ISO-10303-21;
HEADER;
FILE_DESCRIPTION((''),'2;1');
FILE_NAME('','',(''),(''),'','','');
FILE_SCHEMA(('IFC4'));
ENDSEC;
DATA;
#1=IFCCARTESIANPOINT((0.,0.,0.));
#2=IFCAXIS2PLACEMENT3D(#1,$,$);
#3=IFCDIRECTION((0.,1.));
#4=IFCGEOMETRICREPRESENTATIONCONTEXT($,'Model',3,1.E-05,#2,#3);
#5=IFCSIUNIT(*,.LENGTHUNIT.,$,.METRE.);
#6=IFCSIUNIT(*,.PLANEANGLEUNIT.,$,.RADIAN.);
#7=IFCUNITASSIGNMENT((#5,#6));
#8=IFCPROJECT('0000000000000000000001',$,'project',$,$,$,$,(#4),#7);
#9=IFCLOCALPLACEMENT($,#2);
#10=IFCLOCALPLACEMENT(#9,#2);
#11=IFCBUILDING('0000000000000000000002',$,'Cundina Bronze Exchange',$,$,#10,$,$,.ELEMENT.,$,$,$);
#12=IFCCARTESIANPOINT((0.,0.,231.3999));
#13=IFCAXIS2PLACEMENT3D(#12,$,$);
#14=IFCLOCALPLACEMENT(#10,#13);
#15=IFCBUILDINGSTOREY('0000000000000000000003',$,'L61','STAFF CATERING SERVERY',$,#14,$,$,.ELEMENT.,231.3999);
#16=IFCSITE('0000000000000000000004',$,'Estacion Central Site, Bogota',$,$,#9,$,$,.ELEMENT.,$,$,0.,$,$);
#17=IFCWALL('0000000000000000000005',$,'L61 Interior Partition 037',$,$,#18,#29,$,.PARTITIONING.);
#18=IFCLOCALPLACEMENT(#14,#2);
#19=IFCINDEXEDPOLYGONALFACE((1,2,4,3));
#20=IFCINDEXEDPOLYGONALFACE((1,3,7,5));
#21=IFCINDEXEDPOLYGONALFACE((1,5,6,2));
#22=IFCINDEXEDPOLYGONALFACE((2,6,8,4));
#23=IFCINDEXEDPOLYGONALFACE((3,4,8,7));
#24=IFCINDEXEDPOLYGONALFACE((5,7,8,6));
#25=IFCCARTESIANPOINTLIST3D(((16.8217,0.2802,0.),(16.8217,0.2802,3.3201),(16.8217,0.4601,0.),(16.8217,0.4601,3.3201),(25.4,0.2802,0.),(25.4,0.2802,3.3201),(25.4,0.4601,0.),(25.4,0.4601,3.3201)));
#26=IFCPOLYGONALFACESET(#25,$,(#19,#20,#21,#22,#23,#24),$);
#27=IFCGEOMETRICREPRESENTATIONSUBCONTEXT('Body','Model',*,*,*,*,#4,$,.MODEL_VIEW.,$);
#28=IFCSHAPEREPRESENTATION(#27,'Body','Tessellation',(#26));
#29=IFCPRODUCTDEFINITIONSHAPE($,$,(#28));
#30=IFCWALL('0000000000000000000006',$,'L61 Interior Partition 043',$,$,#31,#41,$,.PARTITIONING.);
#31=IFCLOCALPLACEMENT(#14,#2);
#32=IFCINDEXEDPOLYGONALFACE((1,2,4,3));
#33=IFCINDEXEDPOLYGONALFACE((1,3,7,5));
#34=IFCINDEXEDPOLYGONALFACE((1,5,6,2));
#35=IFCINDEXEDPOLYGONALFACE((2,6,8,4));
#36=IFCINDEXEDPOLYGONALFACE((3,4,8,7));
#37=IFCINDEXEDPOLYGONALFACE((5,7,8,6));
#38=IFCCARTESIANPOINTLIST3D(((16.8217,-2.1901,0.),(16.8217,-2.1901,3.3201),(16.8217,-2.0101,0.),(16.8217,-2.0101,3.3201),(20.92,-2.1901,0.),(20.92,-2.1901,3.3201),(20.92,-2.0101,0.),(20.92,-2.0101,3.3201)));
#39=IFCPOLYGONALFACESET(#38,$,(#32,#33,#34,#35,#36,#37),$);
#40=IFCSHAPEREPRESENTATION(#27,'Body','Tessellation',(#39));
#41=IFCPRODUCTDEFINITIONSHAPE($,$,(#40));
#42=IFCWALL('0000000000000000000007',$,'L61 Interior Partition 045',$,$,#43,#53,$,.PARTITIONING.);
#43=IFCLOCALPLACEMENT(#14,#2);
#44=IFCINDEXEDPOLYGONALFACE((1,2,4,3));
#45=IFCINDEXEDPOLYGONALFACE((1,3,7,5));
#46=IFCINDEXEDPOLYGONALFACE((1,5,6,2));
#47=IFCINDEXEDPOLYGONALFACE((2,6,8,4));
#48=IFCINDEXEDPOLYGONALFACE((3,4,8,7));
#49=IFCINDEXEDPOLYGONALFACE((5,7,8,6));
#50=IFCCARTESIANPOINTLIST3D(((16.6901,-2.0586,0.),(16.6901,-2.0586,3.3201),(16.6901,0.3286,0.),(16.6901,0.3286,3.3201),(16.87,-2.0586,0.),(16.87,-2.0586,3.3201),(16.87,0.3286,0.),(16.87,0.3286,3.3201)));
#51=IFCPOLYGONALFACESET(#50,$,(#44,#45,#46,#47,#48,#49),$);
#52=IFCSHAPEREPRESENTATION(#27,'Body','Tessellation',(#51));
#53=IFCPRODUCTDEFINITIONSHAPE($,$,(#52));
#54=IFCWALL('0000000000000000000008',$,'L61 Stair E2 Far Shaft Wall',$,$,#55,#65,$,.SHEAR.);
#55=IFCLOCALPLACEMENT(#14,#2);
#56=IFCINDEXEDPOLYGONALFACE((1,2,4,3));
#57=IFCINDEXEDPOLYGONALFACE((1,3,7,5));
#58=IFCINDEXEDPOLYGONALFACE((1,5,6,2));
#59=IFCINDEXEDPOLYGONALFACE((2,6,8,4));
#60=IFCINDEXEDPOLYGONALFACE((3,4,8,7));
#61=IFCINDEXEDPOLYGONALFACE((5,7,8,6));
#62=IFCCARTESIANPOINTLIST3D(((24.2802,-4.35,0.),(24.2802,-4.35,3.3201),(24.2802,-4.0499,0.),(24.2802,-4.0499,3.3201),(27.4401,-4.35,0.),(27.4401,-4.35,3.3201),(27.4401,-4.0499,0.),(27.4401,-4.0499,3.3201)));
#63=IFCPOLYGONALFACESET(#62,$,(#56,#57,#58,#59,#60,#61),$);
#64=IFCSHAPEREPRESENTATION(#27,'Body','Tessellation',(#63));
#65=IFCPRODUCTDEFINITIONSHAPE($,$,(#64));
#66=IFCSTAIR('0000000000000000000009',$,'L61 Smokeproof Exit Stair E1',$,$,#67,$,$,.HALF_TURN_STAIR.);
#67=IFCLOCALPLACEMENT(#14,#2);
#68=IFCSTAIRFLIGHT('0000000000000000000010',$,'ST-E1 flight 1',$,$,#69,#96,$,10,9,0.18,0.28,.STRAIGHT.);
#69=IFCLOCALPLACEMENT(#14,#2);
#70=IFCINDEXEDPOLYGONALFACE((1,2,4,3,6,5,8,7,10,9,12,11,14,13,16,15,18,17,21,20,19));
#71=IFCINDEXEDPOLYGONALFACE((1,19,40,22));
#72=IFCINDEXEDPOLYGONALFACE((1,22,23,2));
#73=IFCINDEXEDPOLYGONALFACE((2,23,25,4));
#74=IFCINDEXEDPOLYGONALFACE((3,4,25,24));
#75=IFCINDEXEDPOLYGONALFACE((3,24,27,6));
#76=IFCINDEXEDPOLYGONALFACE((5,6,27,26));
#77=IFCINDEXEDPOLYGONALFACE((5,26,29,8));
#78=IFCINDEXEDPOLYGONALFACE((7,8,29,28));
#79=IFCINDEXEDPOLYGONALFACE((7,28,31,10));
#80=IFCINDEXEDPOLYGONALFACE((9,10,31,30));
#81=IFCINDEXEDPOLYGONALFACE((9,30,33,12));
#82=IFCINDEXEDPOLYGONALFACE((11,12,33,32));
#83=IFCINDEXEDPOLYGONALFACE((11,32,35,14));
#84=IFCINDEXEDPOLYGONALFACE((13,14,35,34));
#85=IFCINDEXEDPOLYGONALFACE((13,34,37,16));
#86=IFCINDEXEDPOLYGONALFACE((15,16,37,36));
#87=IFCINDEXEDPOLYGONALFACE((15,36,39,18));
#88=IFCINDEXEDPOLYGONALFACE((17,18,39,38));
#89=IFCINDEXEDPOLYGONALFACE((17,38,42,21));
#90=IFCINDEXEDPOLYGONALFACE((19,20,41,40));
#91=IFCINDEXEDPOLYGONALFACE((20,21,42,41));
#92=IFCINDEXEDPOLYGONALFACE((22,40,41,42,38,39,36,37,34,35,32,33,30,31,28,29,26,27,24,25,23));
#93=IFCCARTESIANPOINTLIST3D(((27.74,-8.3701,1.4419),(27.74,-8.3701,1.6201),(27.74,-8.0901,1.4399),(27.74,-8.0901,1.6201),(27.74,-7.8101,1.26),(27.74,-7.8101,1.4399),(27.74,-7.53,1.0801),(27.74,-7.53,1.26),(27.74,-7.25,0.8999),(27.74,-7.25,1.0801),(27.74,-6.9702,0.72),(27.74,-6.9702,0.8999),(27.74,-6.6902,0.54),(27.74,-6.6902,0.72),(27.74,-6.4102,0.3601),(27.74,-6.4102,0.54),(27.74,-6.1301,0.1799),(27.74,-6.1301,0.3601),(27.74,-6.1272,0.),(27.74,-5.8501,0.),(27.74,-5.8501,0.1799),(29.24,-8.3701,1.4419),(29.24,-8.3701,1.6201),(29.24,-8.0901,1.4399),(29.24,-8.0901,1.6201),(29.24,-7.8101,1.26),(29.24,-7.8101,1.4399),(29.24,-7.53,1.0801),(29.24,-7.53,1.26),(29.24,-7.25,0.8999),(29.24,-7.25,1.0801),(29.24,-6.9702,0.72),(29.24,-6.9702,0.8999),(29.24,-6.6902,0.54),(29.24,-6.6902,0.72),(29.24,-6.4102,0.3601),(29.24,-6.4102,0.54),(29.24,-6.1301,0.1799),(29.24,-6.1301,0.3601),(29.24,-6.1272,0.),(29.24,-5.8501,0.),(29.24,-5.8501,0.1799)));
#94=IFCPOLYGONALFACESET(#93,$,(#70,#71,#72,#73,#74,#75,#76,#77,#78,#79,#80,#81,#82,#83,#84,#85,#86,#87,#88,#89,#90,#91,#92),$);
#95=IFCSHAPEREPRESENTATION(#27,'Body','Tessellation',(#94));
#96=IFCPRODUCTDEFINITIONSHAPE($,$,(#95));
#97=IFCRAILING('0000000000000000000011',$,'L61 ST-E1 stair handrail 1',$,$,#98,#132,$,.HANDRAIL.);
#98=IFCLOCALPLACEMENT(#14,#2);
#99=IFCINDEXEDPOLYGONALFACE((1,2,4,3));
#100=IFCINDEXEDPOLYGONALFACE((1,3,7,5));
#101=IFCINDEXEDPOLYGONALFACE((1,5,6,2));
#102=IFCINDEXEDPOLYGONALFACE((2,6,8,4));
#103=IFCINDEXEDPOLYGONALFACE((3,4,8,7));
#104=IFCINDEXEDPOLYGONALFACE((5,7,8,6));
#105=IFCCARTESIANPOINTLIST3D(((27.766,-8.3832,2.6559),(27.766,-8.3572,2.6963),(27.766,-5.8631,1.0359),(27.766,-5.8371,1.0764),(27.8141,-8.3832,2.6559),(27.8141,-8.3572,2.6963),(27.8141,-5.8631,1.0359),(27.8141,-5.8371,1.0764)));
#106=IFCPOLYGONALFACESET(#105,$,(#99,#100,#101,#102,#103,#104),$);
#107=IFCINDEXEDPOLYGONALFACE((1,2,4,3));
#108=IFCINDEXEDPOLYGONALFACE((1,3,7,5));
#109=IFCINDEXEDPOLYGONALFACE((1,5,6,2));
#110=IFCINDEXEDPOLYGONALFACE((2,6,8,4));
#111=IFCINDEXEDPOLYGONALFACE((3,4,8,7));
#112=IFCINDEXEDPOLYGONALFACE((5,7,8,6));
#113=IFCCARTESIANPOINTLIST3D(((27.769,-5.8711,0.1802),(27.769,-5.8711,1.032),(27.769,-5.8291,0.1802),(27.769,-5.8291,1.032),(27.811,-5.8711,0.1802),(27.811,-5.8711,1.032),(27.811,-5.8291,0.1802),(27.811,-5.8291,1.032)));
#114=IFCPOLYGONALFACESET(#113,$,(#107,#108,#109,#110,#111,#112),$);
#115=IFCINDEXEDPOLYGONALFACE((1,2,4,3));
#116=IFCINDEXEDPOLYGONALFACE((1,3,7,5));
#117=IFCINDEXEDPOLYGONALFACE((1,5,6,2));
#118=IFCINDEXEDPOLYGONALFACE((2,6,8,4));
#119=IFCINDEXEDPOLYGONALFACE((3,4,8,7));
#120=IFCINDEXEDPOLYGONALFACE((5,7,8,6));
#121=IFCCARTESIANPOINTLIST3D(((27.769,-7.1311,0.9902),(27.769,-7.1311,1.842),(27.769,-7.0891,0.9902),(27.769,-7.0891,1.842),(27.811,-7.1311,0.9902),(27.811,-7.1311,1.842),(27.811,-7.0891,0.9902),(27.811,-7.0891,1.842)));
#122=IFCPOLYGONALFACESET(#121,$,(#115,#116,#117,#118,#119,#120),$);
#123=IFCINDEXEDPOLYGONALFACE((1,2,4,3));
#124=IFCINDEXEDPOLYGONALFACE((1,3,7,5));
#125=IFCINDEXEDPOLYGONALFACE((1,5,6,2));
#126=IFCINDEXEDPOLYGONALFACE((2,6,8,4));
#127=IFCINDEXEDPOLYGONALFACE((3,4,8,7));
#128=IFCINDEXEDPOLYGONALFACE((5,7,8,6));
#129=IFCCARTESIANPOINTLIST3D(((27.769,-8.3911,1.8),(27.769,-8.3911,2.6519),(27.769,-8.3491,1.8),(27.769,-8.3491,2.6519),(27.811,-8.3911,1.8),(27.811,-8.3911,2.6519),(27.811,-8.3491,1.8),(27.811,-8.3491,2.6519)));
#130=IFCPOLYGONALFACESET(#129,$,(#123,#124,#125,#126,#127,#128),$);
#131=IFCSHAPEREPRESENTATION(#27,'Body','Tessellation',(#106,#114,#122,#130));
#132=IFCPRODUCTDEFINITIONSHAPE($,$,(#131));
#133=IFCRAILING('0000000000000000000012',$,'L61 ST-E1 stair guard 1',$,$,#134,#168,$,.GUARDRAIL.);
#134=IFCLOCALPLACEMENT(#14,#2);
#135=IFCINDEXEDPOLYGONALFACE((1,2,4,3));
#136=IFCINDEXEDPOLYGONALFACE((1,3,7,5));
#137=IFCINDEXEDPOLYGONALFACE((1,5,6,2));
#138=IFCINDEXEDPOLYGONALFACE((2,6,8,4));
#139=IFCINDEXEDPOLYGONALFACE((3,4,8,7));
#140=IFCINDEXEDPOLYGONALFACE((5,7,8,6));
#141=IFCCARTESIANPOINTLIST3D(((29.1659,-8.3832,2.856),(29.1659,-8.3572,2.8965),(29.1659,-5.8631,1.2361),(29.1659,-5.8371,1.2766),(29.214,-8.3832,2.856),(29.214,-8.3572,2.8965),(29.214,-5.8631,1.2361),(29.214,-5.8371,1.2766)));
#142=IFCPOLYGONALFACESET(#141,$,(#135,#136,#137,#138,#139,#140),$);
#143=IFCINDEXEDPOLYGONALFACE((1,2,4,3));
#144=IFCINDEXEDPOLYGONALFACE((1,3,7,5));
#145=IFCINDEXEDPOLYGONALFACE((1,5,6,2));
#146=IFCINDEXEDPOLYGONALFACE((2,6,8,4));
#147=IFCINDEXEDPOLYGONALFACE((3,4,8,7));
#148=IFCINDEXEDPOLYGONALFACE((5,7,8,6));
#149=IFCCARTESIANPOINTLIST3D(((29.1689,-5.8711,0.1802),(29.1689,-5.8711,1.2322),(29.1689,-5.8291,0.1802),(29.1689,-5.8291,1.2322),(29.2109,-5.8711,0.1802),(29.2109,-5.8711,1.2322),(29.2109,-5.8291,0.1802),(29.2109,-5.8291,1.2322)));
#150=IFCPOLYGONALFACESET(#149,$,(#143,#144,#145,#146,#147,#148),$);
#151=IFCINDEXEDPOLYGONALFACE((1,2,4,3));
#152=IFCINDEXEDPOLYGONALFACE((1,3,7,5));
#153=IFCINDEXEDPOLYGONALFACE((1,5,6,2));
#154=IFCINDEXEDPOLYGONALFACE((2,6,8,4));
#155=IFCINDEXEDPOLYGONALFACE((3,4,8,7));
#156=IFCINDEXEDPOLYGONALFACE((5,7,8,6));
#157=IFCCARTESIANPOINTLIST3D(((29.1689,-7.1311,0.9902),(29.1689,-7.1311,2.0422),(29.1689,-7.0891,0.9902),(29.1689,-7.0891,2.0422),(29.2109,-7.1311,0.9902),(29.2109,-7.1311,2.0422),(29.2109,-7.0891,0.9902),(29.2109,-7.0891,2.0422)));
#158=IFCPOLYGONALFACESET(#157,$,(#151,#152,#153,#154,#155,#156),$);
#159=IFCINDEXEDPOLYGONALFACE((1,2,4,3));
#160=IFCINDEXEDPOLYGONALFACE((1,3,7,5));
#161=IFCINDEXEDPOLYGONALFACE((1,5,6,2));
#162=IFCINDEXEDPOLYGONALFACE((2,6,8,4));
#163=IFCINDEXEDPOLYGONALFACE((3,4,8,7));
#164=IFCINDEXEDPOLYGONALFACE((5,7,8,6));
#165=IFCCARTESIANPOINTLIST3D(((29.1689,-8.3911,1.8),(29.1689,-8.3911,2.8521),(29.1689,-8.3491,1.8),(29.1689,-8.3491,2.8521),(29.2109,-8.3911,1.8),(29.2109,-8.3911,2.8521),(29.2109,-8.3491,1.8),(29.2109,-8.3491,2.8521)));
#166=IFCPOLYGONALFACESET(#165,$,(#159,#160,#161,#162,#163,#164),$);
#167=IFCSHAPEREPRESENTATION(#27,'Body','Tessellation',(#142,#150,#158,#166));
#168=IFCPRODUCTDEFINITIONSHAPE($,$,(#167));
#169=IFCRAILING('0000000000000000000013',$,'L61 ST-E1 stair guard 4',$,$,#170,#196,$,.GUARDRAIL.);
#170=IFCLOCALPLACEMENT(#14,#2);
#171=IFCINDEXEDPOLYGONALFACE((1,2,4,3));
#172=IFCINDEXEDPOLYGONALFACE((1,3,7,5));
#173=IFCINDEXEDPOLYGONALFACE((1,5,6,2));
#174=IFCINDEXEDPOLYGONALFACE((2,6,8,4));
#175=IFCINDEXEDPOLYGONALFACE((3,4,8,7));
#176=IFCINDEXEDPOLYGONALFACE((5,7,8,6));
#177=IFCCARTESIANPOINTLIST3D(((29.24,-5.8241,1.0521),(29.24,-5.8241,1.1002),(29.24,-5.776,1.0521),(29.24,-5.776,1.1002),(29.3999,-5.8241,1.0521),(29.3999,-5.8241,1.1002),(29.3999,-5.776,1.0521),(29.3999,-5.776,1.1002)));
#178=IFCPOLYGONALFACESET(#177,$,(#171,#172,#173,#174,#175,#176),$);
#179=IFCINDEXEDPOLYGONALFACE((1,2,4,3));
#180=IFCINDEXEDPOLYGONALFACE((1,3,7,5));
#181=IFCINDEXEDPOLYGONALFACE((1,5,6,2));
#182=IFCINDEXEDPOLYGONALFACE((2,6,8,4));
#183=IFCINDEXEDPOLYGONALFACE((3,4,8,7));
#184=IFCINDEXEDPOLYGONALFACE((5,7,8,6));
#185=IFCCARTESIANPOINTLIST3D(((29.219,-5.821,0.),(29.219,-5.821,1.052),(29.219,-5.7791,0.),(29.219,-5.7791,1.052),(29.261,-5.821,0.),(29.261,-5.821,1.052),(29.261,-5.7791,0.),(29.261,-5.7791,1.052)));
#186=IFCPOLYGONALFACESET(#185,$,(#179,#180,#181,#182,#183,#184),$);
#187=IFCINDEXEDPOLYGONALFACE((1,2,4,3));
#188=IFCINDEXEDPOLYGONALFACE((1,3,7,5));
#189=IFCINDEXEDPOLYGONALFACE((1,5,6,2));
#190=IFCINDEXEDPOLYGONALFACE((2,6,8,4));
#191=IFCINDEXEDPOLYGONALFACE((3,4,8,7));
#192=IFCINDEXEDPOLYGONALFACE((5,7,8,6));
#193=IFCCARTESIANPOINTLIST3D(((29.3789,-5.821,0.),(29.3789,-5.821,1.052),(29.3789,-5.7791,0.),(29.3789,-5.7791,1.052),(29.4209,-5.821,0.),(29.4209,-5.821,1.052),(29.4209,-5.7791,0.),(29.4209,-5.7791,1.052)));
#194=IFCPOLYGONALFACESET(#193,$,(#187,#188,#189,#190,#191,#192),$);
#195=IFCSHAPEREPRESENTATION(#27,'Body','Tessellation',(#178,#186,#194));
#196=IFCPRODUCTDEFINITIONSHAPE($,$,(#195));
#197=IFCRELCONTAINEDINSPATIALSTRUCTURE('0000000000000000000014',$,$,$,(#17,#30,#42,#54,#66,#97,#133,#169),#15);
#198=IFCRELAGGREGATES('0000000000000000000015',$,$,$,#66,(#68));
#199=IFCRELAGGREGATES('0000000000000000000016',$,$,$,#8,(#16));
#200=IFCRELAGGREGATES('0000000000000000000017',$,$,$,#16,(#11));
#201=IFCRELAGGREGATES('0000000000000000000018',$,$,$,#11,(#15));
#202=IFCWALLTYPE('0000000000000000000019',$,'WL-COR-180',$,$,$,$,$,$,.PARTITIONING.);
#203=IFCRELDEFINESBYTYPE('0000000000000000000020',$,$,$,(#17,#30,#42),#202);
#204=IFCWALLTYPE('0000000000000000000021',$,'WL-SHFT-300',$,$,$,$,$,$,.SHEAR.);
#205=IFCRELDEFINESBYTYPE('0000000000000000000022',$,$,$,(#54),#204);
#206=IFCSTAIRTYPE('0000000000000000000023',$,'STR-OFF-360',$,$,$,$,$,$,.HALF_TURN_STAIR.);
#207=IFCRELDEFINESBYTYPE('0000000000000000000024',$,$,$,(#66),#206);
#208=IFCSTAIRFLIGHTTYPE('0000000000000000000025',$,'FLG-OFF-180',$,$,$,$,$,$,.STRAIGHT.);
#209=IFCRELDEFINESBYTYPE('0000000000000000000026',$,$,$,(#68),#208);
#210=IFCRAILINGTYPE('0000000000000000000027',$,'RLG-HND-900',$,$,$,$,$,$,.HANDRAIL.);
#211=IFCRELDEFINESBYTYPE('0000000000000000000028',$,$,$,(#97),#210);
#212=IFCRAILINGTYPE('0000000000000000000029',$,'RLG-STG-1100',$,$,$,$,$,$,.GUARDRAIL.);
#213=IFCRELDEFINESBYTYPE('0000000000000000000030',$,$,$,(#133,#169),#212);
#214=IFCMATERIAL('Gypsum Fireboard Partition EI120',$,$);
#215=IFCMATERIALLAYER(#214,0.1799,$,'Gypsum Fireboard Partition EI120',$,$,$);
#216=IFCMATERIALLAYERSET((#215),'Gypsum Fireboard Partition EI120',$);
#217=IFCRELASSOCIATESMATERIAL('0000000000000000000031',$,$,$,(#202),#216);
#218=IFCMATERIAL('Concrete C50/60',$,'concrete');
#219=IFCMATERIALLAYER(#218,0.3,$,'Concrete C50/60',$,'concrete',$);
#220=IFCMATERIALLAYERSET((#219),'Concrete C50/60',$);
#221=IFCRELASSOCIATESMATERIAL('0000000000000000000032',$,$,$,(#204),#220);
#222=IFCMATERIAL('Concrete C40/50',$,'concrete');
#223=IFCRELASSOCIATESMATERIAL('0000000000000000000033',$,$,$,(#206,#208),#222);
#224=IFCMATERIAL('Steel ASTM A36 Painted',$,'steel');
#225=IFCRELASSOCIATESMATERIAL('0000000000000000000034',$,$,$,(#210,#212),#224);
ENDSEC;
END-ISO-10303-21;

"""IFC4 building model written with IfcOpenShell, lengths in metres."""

from ifc_helpers import new_model, si_unit, direction, frame, frame_2d, origin, origin_2d, place, context, subcontext, project, spatial, polyline, rectangle, outline, extrude, material, layer, layer_set, type_object, element, aggregate, save


model = new_model("IFC4")

# Units and contexts
model_context = context("Model", 3, precision=1e-05, world=origin(), true_north=direction((0.0, 1.0)))
body_context = subcontext(model_context, "Body", "Model", "MODEL_VIEW")
ifc_project = project(units=[si_unit("LENGTHUNIT", "METRE"), si_unit("PLANEANGLEUNIT", "RADIAN")], contexts=[model_context])

# Site, building, storey
site_placement = place(None, origin())
site = spatial("IfcSite", under=ifc_project, at=site_placement, Name="Estacion Central Site, Bogota", CompositionType="ELEMENT", RefElevation=0.0)
building_placement = place(site_placement, origin())
building = spatial("IfcBuilding", under=site, at=building_placement, Name="Cundina Bronze Exchange", CompositionType="ELEMENT")
storey_placement = place(building_placement, frame((0.0, 0.0, 231.3999)))
storey = spatial("IfcBuildingStorey", under=building, at=storey_placement, Name="L61", Description="STAFF CATERING SERVERY", CompositionType="ELEMENT", Elevation=231.3999)

# Shared definitions
ifc_material_1 = material(Name="Concrete C50/60", Category="concrete")

# Shared definitions
ifc_material_2 = material(Name="Gypsum Fireboard Partition EI120")
ifc_layer_1 = layer(ifc_material_2, 0.1799, Name="Gypsum Fireboard Partition EI120")
ifc_layer_set_1 = layer_set([ifc_layer_1], Name="Gypsum Fireboard Partition EI120")
wall_type_1 = type_object("IfcWallType", Name="WL-COR-180", PredefinedType="PARTITIONING", material=ifc_layer_set_1)
ifc_material_3 = material(Name="Steel ASTM A36 Painted", Category="steel")

# Walls
wall_1_placement = place(storey_placement, frame((25.3999, 0.3701, 0.0), z_axis=(0.0, 0.0, 1.0), x_axis=(-1.0, 0.0, 0.0)))
element("IfcWall", 1, at=wall_1_placement, inside=storey, type_object=wall_type_1, Name="L61 Interior Partition 037", PredefinedType="PARTITIONING", context=body_context, shape_type="SweptSolid", body=[
    extrude(rectangle(XDim=8.5784, YDim=0.1799, at=frame_2d((4.2891, 0.0))), origin(), (0.0, 0.0, 1.0), 3.3201),
])
wall_2_placement = place(storey_placement, frame((16.8215, -2.1001, 0.0), z_axis=(0.0, 0.0, 1.0), x_axis=(1.0, 0.0, 0.0)))
element("IfcWall", 2, at=wall_2_placement, inside=storey, type_object=wall_type_1, Name="L61 Interior Partition 043", PredefinedType="PARTITIONING", context=body_context, shape_type="SweptSolid", body=[
    extrude(rectangle(XDim=4.0984, YDim=0.1799, at=frame_2d((2.0493, 0.0))), origin(), (0.0, 0.0, 1.0), 3.3201),
])
wall_3_placement = place(storey_placement, frame((16.78, 0.3286, 0.0), z_axis=(0.0, 0.0, 1.0), x_axis=(0.0, -1.0, 0.0)))
element("IfcWall", 3, at=wall_3_placement, inside=storey, type_object=wall_type_1, Name="L61 Interior Partition 045", PredefinedType="PARTITIONING", context=body_context, shape_type="SweptSolid", body=[
    extrude(rectangle(XDim=2.3872, YDim=0.1799, at=frame_2d((1.1936, 0.0))), origin(), (0.0, 0.0, 1.0), 3.3201),
])

# Shared definitions
ifc_layer_2 = layer(ifc_material_1, 0.3, Name="Concrete C50/60", Category="concrete")
ifc_layer_set_2 = layer_set([ifc_layer_2], Name="Concrete C50/60")
wall_type_2 = type_object("IfcWallType", Name="WL-SHFT-300", PredefinedType="SHEAR", material=ifc_layer_set_2)

# Wall
wall_4_placement = place(storey_placement, frame((24.28, -4.2, 0.0), z_axis=(0.0, 0.0, 1.0), x_axis=(1.0, 0.0, 0.0)))
element("IfcWall", 4, at=wall_4_placement, inside=storey, type_object=wall_type_2, Name="L61 Stair E2 Far Shaft Wall", PredefinedType="SHEAR", context=body_context, shape_type="SweptSolid", body=[
    extrude(rectangle(XDim=3.1599, YDim=0.3, at=frame_2d((1.5801, 0.0))), origin(), (0.0, 0.0, 1.0), 3.3201),
])

# Stair, stair flight
ifc_material_4 = material(Name="Concrete C40/50", Category="concrete")
stair_type = type_object("IfcStairType", Name="STR-OFF-360", PredefinedType="HALF_TURN_STAIR", material=ifc_material_4)
stair_placement = place(storey_placement, origin())
stair = element("IfcStair", 5, at=stair_placement, inside=storey, type_object=stair_type, Name="L61 Smokeproof Exit Stair E1", PredefinedType="HALF_TURN_STAIR")
stair_flight_type = type_object("IfcStairFlightType", Name="FLG-OFF-180", PredefinedType="STRAIGHT", material=ifc_material_4)
stair_flight_placement = place(storey_placement, frame((28.49, -5.8501, 0.0), z_axis=(0.0, 0.0, 1.0), x_axis=(0.0, -1.0, 0.0)))
stair_flight = element("IfcStairFlight", 6, at=stair_flight_placement, type_object=stair_flight_type, Name="ST-E1 flight 1", NumberOfRisers=10, NumberOfTreads=9, PredefinedType="STRAIGHT", RiserHeight=0.18, TreadLength=0.28, context=body_context, shape_type="SweptSolid", body=[
    extrude(outline(polyline([(0.0, 0.0), (0.0, 0.1799), (0.28, 0.1799), (0.28, 0.3601), (0.5601, 0.3601), (0.5601, 0.54), (0.8401, 0.54), (0.8401, 0.72), (1.1201, 0.72), (1.1201, 0.8999), (1.3999, 0.8999), (1.3999, 1.0801), (1.6799, 1.0801), (1.6799, 1.26), (1.96, 1.26), (1.96, 1.4399), (2.24, 1.4399), (2.24, 1.6201), (2.52, 1.6201), (2.52, 1.8), (2.52, 1.4419), (0.2771, 0.0), (0.0, 0.0)])), frame((0.0, 0.75, 0.0), z_axis=(0.0, -1.0, 0.0), x_axis=(1.0, 0.0, 0.0)), (0.0, 0.0, 1.0), 1.5),
])
aggregate(stair, [stair_flight])

# Railings
railing_type_1 = type_object("IfcRailingType", Name="RLG-HND-900", PredefinedType="HANDRAIL", material=ifc_material_3)
railing_1_placement = place(storey_placement, frame((27.79, -5.8501, 0.1802)))
element("IfcRailing", 7, at=railing_1_placement, inside=storey, type_object=railing_type_1, Name="L61 ST-E1 stair handrail 1", PredefinedType="HANDRAIL", context=body_context, shape_type="SweptSolid", body=[
    extrude(rectangle(XDim=0.0481, YDim=0.0481, at=origin_2d()), frame((0.0, 0.0, 0.876), z_axis=(0.0, -0.8412, 0.540725), x_axis=(1.0, 0.0, 0.0)), (0.0, 0.0, 1.0), 2.9958),
    extrude(rectangle(XDim=0.042, YDim=0.042, at=origin_2d()), origin(), (0.0, 0.0, 1.0), 0.8518),
    extrude(rectangle(XDim=0.042, YDim=0.042, at=origin_2d()), frame((0.0, -1.26, 0.8101)), (0.0, 0.0, 1.0), 0.8518),
    extrude(rectangle(XDim=0.042, YDim=0.042, at=origin_2d()), frame((0.0, -2.52, 1.6199)), (0.0, 0.0, 1.0), 0.8518),
])
railing_type_2 = type_object("IfcRailingType", Name="RLG-STG-1100", PredefinedType="GUARDRAIL", material=ifc_material_3)
railing_2_placement = place(storey_placement, frame((29.1899, -5.8501, 0.1802)))
element("IfcRailing", 8, at=railing_2_placement, inside=storey, type_object=railing_type_2, Name="L61 ST-E1 stair guard 1", PredefinedType="GUARDRAIL", context=body_context, shape_type="SweptSolid", body=[
    extrude(rectangle(XDim=0.0481, YDim=0.0481, at=origin_2d()), frame((0.0, 0.0, 1.0762), z_axis=(0.0, -0.8412, 0.540725), x_axis=(1.0, 0.0, 0.0)), (0.0, 0.0, 1.0), 2.9958),
    extrude(rectangle(XDim=0.042, YDim=0.042, at=origin_2d()), origin(), (0.0, 0.0, 1.0), 1.052),
    extrude(rectangle(XDim=0.042, YDim=0.042, at=origin_2d()), frame((0.0, -1.26, 0.8101)), (0.0, 0.0, 1.0), 1.052),
    extrude(rectangle(XDim=0.042, YDim=0.042, at=origin_2d()), frame((0.0, -2.52, 1.6199)), (0.0, 0.0, 1.0), 1.052),
])
railing_3_placement = place(storey_placement, frame((29.24, -5.8, 0.0)))
element("IfcRailing", 9, at=railing_3_placement, inside=storey, type_object=railing_type_2, Name="L61 ST-E1 stair guard 4", PredefinedType="GUARDRAIL", context=body_context, shape_type="SweptSolid", body=[
    extrude(rectangle(XDim=0.0481, YDim=0.0481, at=origin_2d()), frame((0.0, 0.0, 1.0762), z_axis=(1.0, 0.0, 0.0), x_axis=(0.0, 1.0, 0.0)), (0.0, 0.0, 1.0), 0.1599),
    extrude(rectangle(XDim=0.042, YDim=0.042, at=origin_2d()), origin(), (0.0, 0.0, 1.0), 1.052),
    extrude(rectangle(XDim=0.042, YDim=0.042, at=origin_2d()), frame((0.1599, 0.0, 0.0)), (0.0, 0.0, 1.0), 1.052),
])

save(model, "model.ifc")
